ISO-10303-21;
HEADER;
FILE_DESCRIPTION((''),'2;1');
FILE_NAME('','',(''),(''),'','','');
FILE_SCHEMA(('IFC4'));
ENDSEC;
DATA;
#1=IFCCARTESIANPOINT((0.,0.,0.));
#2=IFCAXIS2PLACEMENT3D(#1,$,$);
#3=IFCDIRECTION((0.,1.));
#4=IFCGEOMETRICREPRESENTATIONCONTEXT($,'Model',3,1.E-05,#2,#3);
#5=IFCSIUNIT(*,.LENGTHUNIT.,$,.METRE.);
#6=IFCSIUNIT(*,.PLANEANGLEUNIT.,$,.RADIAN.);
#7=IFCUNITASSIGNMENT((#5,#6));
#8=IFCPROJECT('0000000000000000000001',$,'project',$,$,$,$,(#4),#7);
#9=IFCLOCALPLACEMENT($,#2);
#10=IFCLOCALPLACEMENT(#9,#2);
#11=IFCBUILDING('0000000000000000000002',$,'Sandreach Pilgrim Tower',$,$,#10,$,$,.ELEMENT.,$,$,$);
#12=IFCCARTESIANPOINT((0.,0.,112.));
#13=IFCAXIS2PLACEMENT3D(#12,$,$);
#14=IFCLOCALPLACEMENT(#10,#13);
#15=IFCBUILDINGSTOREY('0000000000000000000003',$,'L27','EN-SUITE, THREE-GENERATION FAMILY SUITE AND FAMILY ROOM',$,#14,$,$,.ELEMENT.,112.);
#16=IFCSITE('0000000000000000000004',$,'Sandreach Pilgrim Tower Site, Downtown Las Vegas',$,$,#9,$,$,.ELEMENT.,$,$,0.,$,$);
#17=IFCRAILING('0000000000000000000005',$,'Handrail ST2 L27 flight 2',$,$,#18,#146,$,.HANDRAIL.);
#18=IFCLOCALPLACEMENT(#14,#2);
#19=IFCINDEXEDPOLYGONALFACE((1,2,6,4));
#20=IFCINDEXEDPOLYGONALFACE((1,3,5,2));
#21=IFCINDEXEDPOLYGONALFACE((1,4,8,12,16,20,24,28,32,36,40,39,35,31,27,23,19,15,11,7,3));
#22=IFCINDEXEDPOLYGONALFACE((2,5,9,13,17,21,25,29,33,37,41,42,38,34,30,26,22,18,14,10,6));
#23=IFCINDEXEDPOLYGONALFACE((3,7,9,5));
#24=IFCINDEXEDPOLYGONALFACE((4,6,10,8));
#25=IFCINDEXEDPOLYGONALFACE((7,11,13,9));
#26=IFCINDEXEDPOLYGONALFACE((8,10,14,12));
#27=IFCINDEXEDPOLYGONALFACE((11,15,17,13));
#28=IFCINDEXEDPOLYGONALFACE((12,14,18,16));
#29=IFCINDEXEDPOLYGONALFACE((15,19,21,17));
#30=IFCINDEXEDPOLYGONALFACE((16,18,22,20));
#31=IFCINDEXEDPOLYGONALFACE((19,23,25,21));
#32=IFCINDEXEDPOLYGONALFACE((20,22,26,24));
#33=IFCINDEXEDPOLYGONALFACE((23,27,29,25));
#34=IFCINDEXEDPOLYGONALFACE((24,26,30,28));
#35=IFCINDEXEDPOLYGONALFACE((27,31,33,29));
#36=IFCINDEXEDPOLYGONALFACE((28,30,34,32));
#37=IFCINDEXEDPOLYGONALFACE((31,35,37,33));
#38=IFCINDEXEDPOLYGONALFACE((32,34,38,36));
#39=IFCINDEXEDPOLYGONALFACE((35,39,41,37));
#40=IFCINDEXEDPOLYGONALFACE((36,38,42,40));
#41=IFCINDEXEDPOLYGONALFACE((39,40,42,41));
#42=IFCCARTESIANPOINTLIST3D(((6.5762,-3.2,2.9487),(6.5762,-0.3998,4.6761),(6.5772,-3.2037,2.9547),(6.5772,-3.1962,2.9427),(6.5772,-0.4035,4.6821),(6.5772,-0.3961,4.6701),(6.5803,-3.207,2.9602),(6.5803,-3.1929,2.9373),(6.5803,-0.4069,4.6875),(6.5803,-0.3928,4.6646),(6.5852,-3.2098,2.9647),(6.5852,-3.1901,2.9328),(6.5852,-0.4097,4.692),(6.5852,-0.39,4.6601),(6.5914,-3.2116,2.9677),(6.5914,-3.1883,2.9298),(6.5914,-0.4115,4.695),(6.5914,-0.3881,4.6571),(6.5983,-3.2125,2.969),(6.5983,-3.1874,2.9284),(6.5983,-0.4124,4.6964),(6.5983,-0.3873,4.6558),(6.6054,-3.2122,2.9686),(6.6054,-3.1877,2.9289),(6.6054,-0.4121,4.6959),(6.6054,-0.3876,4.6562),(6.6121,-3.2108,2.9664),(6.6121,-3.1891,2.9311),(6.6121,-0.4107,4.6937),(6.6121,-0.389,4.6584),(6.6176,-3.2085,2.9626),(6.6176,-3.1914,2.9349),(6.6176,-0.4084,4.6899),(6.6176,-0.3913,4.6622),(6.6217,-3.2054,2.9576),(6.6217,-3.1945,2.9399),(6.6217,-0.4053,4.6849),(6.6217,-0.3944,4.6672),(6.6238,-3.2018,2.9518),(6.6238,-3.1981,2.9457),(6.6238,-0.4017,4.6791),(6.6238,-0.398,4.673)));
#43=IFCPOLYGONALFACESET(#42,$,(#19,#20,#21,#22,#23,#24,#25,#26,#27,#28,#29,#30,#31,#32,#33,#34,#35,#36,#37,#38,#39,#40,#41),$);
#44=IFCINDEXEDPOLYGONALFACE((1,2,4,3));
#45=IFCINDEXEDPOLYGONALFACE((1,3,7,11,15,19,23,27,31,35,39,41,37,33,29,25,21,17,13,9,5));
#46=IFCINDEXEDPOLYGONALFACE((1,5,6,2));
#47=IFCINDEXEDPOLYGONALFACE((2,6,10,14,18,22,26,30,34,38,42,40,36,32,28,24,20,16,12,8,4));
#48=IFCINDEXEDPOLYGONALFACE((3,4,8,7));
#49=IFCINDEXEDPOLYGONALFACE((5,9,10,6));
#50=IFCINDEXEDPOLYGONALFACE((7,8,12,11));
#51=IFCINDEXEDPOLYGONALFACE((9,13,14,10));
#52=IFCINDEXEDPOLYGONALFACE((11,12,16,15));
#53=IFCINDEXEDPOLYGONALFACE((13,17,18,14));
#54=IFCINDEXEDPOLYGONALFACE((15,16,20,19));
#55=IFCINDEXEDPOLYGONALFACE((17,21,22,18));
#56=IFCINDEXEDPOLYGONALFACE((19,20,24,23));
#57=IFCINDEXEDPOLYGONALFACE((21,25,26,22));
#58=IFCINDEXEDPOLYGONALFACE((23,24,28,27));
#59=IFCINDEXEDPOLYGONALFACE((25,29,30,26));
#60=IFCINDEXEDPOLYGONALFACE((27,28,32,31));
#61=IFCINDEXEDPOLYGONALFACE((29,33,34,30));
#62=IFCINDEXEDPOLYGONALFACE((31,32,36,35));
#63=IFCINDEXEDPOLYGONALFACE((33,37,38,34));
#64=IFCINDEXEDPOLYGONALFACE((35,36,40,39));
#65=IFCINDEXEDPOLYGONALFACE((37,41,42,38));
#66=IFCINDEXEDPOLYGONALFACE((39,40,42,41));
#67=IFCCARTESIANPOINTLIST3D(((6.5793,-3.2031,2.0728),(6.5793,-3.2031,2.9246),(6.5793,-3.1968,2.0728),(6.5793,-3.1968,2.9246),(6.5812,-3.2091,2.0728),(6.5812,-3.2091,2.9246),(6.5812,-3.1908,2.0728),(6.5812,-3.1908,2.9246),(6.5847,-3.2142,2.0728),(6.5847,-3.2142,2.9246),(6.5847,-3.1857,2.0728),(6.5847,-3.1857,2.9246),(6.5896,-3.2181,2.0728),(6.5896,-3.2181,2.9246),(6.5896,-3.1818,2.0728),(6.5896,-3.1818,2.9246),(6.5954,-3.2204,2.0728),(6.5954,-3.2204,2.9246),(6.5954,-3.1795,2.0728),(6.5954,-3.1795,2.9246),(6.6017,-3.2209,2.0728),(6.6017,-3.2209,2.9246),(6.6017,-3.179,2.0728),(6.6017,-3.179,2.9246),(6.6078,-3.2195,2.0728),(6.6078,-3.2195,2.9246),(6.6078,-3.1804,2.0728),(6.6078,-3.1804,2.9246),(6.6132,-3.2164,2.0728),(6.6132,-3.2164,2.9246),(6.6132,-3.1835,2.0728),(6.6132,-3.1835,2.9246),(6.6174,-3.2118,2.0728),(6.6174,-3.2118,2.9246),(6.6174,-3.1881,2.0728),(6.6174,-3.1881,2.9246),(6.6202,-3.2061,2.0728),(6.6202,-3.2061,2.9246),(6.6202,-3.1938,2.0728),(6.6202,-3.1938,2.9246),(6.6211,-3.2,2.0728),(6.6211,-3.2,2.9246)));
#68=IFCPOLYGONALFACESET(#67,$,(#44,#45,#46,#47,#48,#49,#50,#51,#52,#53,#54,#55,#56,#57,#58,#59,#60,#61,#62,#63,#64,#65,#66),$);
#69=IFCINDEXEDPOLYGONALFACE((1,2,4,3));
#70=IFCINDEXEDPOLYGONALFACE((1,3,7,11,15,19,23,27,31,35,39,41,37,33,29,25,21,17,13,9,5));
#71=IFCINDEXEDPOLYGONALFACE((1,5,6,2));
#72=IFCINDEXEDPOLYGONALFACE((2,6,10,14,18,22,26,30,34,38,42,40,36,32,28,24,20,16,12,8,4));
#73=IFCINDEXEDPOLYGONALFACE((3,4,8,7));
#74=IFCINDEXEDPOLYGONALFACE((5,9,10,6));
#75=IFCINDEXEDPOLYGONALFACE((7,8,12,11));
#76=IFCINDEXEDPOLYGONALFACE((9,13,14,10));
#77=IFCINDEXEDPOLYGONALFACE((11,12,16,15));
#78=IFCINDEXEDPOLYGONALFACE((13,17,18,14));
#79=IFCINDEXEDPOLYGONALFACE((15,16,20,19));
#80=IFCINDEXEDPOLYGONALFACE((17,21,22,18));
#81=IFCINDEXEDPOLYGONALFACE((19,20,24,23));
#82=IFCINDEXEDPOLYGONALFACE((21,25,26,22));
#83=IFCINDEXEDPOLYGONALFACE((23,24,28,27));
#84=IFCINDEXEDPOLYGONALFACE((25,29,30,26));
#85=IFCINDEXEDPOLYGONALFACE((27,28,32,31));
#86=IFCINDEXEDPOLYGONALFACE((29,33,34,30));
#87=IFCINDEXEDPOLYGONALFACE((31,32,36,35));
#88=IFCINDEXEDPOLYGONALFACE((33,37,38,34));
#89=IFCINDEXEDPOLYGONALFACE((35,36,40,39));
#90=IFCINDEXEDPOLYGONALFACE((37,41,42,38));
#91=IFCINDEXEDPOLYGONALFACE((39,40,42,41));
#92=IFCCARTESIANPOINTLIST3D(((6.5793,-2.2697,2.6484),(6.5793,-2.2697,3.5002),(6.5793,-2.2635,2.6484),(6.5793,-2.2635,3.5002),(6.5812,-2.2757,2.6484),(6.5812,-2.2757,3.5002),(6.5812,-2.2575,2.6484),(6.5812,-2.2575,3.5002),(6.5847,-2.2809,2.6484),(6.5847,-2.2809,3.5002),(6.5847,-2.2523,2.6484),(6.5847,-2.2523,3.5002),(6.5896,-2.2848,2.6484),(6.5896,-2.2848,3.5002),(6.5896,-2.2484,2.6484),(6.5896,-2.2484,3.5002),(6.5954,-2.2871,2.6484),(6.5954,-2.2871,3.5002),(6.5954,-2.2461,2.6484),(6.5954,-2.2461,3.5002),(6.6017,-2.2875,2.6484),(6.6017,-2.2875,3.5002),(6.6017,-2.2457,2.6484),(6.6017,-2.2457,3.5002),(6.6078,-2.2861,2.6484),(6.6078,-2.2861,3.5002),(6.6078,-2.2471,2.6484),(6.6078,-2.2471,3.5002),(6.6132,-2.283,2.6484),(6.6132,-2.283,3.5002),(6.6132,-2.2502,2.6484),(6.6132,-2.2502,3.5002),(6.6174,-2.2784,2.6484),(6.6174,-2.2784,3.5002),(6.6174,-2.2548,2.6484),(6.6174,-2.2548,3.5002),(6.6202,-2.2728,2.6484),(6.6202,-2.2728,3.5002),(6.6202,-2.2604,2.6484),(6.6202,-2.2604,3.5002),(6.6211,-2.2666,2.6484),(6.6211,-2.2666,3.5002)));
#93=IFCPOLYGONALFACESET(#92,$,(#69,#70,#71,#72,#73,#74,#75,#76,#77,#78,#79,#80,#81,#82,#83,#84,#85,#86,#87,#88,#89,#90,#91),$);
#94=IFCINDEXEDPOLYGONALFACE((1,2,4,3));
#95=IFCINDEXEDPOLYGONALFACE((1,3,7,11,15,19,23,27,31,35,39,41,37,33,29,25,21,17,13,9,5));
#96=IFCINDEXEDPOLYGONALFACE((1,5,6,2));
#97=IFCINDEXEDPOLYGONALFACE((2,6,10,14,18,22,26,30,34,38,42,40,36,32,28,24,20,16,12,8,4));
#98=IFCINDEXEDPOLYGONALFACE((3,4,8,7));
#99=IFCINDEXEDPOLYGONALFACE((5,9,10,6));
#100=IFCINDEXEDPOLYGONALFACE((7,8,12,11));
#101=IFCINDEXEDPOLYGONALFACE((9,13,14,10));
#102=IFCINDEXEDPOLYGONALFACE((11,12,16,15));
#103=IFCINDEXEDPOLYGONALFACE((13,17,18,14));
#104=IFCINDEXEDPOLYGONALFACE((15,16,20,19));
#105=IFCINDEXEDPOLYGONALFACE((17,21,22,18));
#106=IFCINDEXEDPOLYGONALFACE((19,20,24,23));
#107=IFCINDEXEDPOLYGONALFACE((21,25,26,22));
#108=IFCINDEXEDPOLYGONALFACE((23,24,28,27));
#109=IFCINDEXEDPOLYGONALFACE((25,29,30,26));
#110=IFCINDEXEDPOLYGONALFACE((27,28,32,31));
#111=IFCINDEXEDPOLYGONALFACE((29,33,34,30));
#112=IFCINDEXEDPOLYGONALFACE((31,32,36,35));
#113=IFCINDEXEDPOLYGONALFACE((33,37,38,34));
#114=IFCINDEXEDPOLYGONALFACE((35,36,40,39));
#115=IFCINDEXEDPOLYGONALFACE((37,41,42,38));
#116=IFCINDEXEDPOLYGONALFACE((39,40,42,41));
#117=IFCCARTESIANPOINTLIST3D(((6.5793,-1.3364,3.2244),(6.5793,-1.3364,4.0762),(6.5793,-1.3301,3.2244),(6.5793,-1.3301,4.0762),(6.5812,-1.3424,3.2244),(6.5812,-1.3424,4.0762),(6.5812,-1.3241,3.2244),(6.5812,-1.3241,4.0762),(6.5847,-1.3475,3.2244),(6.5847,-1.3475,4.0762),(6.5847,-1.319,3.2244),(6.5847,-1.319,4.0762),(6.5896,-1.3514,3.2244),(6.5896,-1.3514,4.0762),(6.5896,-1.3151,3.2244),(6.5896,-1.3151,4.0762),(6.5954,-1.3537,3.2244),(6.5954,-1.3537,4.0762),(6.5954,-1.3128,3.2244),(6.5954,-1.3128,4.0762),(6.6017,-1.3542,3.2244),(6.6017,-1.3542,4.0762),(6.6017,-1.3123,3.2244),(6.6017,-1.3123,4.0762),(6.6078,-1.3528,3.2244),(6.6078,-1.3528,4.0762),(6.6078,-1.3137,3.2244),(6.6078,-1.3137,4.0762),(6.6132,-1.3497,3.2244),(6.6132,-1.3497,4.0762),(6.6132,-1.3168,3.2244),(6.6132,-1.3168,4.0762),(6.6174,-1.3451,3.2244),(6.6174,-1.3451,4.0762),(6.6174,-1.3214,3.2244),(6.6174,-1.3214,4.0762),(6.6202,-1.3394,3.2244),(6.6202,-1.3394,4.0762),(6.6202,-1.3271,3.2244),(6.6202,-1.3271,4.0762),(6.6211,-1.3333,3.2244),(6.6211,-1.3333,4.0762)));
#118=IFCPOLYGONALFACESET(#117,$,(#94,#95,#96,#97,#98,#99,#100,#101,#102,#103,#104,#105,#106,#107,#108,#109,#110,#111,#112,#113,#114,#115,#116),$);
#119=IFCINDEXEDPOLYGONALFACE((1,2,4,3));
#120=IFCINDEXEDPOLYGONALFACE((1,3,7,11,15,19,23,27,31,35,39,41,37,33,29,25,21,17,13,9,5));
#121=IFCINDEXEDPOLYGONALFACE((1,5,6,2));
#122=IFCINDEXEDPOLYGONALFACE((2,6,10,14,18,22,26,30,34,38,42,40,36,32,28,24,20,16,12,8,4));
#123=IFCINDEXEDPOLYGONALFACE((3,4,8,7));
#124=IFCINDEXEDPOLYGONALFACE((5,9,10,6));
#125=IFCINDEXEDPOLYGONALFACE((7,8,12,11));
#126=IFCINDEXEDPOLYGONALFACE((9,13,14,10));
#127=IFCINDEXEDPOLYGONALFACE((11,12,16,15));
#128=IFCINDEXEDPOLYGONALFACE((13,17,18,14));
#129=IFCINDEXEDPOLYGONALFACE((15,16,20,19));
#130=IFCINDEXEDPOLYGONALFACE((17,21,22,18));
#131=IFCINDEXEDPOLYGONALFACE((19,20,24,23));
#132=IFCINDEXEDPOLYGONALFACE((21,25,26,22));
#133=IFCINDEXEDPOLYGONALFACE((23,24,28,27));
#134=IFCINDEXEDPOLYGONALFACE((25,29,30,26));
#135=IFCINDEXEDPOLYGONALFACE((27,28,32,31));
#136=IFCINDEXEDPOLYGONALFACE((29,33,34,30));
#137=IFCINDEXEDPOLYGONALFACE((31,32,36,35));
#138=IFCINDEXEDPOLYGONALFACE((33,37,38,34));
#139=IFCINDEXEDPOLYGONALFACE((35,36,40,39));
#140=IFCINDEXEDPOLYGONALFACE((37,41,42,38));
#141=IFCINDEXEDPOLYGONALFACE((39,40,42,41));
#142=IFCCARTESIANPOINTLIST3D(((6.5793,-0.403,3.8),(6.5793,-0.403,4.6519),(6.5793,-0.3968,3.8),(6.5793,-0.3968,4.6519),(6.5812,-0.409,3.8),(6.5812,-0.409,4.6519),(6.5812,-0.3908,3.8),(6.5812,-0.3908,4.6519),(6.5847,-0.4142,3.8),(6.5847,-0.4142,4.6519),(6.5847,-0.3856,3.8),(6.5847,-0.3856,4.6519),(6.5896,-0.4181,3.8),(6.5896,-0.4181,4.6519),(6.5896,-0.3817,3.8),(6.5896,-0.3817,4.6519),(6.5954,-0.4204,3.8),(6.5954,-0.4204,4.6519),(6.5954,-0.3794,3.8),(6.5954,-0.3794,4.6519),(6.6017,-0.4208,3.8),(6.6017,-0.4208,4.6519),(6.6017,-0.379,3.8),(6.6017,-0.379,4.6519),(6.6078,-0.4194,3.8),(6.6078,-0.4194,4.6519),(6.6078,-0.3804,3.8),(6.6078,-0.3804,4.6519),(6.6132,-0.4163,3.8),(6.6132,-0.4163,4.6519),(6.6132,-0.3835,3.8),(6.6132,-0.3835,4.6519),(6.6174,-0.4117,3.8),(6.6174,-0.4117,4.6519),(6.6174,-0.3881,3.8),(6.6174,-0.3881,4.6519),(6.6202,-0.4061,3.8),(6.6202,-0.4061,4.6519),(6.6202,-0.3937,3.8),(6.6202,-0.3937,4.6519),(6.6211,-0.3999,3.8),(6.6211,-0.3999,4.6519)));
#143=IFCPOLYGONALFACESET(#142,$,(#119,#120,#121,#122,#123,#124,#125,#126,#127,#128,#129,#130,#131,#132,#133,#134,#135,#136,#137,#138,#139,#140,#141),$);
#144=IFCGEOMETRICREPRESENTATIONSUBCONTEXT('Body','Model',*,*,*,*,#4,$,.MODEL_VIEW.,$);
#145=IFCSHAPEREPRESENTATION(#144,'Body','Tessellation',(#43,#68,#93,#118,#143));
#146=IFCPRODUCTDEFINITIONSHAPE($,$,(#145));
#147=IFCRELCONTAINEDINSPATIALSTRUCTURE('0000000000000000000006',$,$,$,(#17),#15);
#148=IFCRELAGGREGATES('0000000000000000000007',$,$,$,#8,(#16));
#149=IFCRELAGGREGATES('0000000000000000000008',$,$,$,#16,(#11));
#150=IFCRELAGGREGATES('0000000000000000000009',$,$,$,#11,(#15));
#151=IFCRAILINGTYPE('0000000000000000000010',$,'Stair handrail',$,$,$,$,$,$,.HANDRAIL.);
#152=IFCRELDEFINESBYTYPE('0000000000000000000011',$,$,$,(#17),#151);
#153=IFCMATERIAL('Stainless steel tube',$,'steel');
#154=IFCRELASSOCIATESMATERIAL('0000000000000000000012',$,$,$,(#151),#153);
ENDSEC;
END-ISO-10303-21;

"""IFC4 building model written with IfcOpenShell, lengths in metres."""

from ifc_helpers import new_model, si_unit, direction, frame, origin, origin_2d, place, context, subcontext, project, spatial, circle, extrude, material, type_object, element, save


model = new_model("IFC4")

# Units and contexts
model_context = context("Model", 3, precision=1e-05, world=origin(), true_north=direction((0.0, 1.0)))
body_context = subcontext(model_context, "Body", "Model", "MODEL_VIEW")
ifc_project = project(units=[si_unit("LENGTHUNIT", "METRE"), si_unit("PLANEANGLEUNIT", "RADIAN")], contexts=[model_context])

# Site, building, storey
site_placement = place(None, origin())
site = spatial("IfcSite", under=ifc_project, at=site_placement, Name="Sandreach Pilgrim Tower Site, Downtown Las Vegas", CompositionType="ELEMENT", RefElevation=0.0)
building_placement = place(site_placement, origin())
building = spatial("IfcBuilding", under=site, at=building_placement, Name="Sandreach Pilgrim Tower", CompositionType="ELEMENT")
storey_placement = place(building_placement, frame((0.0, 0.0, 112.0)))
storey = spatial("IfcBuildingStorey", under=building, at=storey_placement, Name="L27", Description="EN-SUITE, THREE-GENERATION FAMILY SUITE AND FAMILY ROOM", CompositionType="ELEMENT", Elevation=112.0)

# Railing
ifc_material_1 = material(Name="Stainless steel tube", Category="steel")
railing_type = type_object("IfcRailingType", Name="Stair handrail", PredefinedType="HANDRAIL", material=ifc_material_1)
for number, where, name in (
    (1, (6.6001, -3.2, 2.0728), "Handrail ST2 L27 flight 2"),
):
    element("IfcRailing", number, at=place(storey_placement, frame(where)), inside=storey, type_object=railing_type, Name=name, PredefinedType="HANDRAIL", context=body_context, shape_type="SweptSolid", body=[
        extrude(circle(Radius=0.0239, at=origin_2d()), frame((0.0, 0.0, 0.876), z_axis=(0.0, 0.85109, 0.52502), x_axis=(-1.0, 0.0, 0.0)), (0.0, 0.0, 1.0), 3.29),
        extrude(circle(Radius=0.021, at=origin_2d()), origin(), (0.0, 0.0, 1.0), 0.8518),
        extrude(circle(Radius=0.021, at=origin_2d()), frame((0.0, 0.9333, 0.5757)), (0.0, 0.0, 1.0), 0.8518),
        extrude(circle(Radius=0.021, at=origin_2d()), frame((0.0, 1.8667, 1.1516)), (0.0, 0.0, 1.0), 0.8518),
        extrude(circle(Radius=0.021, at=origin_2d()), frame((0.0, 2.8, 1.7273)), (0.0, 0.0, 1.0), 0.8518),
    ])

save(model, "model.ifc")
